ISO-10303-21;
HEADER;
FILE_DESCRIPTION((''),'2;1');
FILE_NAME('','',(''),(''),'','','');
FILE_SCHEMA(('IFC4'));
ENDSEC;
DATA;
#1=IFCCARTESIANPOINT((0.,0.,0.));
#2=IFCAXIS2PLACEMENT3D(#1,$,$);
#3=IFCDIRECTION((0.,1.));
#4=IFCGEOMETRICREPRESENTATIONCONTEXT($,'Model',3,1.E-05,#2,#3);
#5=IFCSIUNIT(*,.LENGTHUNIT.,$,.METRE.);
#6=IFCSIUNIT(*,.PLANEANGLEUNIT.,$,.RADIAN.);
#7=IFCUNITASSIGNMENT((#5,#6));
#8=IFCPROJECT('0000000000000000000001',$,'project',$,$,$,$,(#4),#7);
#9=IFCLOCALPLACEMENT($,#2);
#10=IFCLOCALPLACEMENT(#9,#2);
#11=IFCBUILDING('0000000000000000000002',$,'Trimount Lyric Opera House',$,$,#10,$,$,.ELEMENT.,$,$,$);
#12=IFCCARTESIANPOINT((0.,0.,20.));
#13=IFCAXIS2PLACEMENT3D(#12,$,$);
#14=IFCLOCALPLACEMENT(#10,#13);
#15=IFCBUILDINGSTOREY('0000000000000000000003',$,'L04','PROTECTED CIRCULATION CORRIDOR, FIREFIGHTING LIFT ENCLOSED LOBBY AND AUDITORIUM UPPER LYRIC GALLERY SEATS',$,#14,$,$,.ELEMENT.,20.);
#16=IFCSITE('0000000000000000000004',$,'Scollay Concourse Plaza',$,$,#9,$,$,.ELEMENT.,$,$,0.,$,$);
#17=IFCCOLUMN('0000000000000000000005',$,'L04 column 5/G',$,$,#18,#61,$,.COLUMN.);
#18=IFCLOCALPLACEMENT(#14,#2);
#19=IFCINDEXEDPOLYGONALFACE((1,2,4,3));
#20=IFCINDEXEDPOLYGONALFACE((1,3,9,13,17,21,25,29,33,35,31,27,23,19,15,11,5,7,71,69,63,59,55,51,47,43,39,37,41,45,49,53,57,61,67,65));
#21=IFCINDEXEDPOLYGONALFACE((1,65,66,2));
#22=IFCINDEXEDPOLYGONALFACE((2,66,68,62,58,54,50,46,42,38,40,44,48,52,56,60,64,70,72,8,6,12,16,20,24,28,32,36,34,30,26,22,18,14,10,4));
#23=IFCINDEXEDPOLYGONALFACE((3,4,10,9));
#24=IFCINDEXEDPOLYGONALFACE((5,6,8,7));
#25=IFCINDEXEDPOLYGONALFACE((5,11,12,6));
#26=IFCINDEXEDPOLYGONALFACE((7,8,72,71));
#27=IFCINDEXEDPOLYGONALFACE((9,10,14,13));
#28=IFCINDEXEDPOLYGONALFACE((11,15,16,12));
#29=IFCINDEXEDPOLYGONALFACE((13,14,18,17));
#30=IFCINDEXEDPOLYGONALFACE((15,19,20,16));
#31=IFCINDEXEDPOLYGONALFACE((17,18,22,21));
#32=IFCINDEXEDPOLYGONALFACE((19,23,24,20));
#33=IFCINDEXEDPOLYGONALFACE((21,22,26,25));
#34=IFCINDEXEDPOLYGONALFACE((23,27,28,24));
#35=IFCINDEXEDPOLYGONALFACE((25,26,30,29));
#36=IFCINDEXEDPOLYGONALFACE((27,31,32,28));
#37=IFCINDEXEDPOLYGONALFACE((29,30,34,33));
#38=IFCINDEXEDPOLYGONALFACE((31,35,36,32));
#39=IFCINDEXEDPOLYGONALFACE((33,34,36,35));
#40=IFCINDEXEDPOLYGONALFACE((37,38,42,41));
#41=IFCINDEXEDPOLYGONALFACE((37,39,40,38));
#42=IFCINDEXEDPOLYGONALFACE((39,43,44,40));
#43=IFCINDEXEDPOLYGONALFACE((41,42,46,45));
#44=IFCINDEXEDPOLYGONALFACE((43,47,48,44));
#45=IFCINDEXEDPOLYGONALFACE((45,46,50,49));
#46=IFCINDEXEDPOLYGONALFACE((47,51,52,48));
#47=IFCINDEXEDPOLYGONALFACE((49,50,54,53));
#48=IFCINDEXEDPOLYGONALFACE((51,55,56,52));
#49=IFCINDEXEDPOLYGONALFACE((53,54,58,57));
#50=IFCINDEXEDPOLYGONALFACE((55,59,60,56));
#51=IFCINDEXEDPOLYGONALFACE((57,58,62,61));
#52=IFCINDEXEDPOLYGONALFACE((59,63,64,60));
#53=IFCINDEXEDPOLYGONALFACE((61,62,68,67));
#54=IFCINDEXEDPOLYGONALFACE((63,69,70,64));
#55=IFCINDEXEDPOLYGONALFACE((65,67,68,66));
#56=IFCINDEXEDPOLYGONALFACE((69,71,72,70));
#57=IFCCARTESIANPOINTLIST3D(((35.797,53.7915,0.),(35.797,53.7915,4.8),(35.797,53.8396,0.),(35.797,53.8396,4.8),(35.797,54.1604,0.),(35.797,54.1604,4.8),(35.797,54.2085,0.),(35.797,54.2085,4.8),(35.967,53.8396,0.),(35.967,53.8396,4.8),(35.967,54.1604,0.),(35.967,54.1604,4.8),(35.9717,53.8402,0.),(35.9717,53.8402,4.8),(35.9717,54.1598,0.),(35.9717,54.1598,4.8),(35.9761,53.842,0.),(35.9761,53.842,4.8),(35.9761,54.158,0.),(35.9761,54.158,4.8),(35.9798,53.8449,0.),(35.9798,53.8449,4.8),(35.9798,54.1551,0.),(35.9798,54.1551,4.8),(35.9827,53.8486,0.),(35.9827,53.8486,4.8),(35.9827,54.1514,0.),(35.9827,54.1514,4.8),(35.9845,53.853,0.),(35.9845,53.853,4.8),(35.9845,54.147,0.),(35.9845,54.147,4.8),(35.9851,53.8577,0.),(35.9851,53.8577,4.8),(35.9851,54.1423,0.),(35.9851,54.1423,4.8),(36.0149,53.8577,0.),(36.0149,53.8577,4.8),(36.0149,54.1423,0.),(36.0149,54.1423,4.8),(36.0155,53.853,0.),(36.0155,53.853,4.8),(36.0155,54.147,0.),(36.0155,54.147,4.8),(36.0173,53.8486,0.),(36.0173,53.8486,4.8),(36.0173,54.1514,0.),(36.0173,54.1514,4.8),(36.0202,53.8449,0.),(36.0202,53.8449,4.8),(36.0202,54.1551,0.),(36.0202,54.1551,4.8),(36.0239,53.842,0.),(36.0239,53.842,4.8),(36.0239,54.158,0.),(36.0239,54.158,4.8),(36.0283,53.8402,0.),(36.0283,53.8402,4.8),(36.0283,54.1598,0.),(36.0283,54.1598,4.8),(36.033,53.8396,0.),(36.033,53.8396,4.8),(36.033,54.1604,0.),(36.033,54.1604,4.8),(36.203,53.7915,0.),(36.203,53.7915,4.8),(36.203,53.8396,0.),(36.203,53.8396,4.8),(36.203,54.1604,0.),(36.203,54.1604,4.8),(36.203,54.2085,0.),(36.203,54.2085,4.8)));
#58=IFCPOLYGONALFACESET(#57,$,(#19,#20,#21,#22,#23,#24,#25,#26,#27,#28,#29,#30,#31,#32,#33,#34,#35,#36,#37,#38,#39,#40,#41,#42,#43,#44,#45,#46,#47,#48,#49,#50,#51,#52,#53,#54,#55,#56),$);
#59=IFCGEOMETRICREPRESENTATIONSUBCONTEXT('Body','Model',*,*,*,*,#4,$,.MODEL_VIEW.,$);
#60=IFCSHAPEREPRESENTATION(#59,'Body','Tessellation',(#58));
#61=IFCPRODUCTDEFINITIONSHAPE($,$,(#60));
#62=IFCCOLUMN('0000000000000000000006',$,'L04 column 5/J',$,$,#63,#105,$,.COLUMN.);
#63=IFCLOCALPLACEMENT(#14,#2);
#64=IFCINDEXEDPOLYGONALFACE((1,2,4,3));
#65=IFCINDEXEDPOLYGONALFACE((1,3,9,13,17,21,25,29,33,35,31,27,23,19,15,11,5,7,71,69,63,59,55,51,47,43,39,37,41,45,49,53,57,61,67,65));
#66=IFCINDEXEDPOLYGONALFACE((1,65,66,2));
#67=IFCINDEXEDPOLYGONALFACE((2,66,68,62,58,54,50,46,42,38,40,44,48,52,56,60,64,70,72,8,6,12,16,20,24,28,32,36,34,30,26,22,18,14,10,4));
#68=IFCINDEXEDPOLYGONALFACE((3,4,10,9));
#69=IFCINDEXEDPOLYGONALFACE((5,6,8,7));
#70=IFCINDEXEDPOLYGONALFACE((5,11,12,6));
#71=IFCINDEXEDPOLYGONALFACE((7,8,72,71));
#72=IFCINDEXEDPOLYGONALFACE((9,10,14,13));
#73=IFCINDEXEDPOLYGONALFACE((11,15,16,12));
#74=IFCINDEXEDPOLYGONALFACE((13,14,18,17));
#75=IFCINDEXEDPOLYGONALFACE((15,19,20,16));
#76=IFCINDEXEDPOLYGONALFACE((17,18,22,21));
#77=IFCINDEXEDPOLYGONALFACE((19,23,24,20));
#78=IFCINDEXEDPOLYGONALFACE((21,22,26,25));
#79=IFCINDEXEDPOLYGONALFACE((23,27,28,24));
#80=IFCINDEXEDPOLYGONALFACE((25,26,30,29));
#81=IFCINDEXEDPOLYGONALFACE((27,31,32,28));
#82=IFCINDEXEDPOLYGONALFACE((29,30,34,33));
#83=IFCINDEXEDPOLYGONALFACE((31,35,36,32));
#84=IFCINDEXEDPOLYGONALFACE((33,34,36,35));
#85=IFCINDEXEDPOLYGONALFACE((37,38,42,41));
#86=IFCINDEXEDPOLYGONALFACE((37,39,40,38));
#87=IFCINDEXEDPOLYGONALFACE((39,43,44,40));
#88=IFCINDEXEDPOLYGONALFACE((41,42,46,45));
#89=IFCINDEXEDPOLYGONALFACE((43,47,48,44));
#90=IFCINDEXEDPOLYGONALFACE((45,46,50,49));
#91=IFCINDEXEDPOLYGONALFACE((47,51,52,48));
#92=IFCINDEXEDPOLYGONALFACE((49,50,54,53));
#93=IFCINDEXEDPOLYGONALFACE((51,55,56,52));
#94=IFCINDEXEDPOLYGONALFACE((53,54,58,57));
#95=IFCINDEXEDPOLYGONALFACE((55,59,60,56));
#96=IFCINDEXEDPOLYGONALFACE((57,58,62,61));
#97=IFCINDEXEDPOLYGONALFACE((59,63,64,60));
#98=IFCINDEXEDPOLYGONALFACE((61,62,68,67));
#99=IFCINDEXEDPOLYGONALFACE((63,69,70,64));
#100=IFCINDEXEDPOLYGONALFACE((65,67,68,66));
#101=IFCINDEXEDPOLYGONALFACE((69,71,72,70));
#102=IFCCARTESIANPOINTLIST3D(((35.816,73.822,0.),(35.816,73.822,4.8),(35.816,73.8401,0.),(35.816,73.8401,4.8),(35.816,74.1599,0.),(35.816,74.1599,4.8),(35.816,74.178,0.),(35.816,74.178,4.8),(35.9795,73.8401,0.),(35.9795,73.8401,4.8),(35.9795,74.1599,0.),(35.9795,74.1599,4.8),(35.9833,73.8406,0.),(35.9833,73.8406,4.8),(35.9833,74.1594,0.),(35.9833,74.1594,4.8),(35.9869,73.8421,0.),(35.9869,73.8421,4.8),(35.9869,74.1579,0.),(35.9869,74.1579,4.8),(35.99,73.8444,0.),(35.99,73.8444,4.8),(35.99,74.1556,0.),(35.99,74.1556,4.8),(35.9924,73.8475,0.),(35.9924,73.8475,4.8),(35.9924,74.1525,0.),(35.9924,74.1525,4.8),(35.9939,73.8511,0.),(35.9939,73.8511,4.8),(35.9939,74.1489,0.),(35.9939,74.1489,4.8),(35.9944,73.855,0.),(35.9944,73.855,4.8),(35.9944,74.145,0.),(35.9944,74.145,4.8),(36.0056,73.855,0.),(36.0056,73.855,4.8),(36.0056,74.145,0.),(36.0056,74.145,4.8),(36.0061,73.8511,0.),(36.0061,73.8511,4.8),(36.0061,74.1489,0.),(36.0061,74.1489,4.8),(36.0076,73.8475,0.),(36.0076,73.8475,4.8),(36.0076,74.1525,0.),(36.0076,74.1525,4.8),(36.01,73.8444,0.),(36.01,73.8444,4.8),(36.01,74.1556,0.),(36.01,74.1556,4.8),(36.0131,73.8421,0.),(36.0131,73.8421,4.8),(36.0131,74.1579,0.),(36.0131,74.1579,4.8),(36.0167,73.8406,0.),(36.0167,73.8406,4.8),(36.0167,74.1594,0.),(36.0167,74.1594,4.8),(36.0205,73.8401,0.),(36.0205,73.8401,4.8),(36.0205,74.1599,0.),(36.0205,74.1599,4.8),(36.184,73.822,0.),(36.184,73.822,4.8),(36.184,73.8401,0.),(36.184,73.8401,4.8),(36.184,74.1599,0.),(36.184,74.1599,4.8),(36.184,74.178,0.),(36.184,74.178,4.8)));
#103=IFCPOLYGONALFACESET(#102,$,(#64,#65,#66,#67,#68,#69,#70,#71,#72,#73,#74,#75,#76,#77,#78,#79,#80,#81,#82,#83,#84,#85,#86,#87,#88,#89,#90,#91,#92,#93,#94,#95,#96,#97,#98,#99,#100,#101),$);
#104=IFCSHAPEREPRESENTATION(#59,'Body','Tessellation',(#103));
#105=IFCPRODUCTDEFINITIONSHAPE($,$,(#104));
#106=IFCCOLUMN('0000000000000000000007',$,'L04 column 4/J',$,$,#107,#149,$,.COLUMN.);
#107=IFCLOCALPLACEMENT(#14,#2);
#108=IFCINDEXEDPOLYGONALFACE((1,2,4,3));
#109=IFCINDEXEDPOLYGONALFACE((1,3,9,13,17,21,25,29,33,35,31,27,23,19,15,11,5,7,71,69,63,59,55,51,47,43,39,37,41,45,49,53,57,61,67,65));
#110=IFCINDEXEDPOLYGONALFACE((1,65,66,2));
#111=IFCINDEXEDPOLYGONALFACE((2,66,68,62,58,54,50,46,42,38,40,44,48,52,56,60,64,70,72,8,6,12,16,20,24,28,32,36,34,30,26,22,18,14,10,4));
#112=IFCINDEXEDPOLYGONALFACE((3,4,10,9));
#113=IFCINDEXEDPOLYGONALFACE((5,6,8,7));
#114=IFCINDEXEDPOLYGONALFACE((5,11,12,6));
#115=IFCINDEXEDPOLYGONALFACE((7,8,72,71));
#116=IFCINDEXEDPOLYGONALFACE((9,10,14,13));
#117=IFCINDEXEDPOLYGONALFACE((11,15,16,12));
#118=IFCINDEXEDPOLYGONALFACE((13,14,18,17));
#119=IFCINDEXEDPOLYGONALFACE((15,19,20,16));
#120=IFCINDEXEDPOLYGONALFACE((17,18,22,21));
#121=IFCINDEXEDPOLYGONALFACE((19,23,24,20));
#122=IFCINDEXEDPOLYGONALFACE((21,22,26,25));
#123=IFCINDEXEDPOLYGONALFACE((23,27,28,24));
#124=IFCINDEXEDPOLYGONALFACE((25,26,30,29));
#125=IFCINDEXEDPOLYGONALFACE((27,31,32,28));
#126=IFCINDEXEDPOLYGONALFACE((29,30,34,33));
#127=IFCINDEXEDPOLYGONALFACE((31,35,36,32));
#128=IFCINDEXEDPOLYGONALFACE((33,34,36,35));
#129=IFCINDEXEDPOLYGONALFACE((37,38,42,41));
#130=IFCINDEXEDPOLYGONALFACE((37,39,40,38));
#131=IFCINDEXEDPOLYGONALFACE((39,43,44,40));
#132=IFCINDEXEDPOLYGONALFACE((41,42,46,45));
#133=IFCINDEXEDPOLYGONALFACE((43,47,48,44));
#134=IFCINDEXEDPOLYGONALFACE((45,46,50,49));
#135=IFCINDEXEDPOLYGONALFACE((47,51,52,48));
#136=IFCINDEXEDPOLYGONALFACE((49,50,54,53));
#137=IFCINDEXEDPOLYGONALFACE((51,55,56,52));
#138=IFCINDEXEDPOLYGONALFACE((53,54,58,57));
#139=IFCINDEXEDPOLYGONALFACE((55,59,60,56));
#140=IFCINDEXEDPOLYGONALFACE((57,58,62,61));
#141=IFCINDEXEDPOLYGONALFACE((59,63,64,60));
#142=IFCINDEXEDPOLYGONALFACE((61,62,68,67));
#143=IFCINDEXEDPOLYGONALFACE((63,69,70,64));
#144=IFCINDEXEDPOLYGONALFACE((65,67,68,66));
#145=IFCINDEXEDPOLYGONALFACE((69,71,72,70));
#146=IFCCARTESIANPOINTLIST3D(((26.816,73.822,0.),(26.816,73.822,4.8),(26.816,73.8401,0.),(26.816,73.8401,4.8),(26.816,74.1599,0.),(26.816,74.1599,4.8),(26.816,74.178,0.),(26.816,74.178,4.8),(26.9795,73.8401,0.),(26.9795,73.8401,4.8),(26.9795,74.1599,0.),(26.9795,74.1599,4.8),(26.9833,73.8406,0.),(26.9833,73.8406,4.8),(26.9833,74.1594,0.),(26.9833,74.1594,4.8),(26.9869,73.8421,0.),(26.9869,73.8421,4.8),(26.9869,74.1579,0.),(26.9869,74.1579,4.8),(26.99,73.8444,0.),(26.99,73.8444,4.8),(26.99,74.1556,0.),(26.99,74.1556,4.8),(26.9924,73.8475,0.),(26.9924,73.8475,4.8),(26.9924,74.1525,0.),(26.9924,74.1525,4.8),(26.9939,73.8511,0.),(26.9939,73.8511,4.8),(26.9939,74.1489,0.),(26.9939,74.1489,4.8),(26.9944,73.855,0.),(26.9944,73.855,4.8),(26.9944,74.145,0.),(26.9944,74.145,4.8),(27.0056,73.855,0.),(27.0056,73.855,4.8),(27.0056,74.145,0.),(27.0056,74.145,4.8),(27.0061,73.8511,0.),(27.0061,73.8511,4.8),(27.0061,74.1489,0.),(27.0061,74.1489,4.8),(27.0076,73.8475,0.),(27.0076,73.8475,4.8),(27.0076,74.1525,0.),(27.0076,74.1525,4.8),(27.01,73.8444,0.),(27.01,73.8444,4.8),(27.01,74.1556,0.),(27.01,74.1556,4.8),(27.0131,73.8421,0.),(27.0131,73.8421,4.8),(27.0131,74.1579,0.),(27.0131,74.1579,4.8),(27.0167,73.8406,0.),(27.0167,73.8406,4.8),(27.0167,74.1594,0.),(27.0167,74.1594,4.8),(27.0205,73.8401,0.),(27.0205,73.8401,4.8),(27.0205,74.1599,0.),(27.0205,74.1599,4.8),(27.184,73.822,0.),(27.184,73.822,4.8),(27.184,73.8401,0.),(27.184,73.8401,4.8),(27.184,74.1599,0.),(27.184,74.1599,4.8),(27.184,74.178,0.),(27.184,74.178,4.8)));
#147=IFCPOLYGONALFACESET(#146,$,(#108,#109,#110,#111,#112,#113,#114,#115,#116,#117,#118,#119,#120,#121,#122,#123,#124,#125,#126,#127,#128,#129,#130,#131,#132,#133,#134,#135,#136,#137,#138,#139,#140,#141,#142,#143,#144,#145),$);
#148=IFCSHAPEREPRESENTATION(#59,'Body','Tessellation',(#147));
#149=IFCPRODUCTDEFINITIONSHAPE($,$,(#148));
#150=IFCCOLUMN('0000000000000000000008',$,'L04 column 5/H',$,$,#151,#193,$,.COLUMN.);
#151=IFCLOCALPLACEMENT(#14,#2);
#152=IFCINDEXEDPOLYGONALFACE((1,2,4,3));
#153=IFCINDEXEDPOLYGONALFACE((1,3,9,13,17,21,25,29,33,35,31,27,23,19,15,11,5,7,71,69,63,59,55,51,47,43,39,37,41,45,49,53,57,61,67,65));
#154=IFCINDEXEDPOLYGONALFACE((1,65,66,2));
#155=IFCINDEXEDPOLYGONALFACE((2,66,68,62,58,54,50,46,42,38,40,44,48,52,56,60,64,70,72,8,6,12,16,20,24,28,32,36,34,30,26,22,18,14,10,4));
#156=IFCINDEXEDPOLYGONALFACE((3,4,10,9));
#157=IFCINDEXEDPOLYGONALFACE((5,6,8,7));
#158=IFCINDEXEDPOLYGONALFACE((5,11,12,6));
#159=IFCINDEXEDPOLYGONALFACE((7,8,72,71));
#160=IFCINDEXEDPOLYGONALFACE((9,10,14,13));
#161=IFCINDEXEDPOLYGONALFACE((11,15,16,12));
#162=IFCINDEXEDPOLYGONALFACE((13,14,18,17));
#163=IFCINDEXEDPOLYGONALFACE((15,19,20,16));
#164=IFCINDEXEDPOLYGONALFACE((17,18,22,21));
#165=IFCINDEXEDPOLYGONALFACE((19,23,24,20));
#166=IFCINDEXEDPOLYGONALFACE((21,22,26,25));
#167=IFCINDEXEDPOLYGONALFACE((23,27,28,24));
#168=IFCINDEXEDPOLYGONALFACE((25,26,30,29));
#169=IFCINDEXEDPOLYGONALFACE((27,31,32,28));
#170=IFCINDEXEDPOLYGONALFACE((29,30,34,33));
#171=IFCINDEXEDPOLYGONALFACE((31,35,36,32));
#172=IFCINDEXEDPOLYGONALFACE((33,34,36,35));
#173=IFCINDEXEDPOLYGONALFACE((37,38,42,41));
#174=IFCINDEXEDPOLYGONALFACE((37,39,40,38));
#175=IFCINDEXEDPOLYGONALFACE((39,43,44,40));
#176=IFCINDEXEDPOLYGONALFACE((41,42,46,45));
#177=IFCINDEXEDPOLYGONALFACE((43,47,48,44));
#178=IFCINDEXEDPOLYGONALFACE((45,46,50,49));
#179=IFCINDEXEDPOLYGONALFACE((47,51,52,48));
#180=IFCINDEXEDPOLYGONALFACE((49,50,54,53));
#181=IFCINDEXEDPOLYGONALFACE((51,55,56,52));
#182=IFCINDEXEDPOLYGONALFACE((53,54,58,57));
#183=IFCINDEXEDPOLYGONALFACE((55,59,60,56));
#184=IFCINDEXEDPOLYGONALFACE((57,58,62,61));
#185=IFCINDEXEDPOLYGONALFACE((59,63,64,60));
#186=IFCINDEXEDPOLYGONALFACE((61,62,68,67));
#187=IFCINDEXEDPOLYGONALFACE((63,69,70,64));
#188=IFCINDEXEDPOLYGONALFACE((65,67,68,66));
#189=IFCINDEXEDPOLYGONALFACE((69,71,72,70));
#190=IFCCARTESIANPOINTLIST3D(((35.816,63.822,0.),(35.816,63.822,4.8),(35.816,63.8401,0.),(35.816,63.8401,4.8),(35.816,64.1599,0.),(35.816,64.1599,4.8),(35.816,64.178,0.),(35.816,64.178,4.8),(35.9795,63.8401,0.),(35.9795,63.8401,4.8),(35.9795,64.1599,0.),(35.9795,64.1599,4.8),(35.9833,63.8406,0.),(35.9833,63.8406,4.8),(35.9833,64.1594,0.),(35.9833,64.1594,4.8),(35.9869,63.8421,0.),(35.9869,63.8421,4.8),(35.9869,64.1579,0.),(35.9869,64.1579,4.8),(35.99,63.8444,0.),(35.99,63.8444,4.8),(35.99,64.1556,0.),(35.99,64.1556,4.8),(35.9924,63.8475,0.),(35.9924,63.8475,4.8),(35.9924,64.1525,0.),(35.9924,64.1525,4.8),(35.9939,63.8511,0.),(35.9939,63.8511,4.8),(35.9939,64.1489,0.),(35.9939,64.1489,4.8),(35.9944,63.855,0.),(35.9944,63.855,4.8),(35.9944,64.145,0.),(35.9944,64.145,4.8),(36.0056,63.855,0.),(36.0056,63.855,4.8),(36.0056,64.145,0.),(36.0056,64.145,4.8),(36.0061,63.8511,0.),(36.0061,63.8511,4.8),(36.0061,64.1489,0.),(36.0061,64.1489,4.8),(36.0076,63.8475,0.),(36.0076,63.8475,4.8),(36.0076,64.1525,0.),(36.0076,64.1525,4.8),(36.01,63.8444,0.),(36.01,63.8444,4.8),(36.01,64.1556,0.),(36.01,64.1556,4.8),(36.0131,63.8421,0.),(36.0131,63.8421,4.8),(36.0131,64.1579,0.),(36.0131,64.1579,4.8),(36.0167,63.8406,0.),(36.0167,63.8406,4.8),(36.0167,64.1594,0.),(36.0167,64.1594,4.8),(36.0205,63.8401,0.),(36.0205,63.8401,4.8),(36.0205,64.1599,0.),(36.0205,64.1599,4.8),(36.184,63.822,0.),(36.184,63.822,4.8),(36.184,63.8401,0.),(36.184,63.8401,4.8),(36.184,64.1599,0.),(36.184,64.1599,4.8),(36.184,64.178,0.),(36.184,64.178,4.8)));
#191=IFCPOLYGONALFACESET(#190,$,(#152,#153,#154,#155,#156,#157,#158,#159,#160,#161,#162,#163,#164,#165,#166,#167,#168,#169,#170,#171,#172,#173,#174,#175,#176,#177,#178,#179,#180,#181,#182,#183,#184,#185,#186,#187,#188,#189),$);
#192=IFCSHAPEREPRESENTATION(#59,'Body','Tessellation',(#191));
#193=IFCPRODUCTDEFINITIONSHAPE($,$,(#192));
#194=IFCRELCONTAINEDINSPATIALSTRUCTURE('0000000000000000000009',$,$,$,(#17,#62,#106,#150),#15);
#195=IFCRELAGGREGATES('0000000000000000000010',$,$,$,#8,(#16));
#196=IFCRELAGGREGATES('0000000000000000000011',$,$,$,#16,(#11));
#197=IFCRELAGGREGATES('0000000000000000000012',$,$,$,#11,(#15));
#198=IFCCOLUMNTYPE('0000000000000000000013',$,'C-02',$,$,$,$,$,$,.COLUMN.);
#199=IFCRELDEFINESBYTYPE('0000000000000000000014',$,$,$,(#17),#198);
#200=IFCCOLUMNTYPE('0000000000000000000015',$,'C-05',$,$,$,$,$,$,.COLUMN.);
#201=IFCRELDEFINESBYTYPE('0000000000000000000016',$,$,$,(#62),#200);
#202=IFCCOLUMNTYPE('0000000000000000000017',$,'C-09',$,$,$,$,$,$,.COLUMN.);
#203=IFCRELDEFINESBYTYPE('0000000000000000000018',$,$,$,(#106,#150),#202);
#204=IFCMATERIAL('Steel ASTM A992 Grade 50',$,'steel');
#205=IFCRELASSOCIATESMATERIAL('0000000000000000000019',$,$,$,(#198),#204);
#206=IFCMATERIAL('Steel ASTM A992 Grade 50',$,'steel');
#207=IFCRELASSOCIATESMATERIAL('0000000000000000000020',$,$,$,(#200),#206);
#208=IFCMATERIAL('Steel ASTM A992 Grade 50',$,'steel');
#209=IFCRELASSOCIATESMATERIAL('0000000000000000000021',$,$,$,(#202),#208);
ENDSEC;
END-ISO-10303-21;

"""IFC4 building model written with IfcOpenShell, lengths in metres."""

from ifc_helpers import new_model, si_unit, direction, frame, origin, origin_2d, place, context, subcontext, project, spatial, i_section, extrude, material, material_profile, profile_set, type_object, element, save


model = new_model("IFC4")

# Units and contexts
model_context = context("Model", 3, precision=1e-05, world=origin(), true_north=direction((0.0, 1.0)))
body_context = subcontext(model_context, "Body", "Model", "MODEL_VIEW")
ifc_project = project(units=[si_unit("LENGTHUNIT", "METRE"), si_unit("PLANEANGLEUNIT", "RADIAN")], contexts=[model_context])

# Site, building, storey
site_placement = place(None, origin())
site = spatial("IfcSite", under=ifc_project, at=site_placement, Name="Scollay Concourse Plaza", CompositionType="ELEMENT", RefElevation=0.0)
building_placement = place(site_placement, origin())
building = spatial("IfcBuilding", under=site, at=building_placement, Name="Trimount Lyric Opera House", CompositionType="ELEMENT")
storey_placement = place(building_placement, frame((0.0, 0.0, 20.0)))
storey = spatial("IfcBuildingStorey", under=building, at=storey_placement, Name="L04", Description="PROTECTED CIRCULATION CORRIDOR, FIREFIGHTING LIFT ENCLOSED LOBBY AND AUDITORIUM UPPER LYRIC GALLERY SEATS", CompositionType="ELEMENT", Elevation=20.0)

# Columns
ifc_material_1 = material(Name="Steel ASTM A992 Grade 50", Category="steel")
ifc_material_profile_1 = material_profile(ifc_material_1, i_section(OverallWidth=0.406, OverallDepth=0.417, WebThickness=0.0298, FlangeThickness=0.0481, FilletRadius=0.0181, at=origin_2d()), Name="W14X257")
ifc_profile_set_1 = profile_set([ifc_material_profile_1], Name="Steel ASTM A992 Grade 50")
column_type_1 = type_object("IfcColumnType", Name="C-02", PredefinedType="COLUMN", material=ifc_profile_set_1)
column_1_placement = place(storey_placement, frame((36.0, 54.0, 0.0), z_axis=(0.0, 0.0, 1.0), x_axis=(1.0, 0.0, 0.0)))
element("IfcColumn", 1, at=column_1_placement, inside=storey, type_object=column_type_1, Name="L04 column 5/G", PredefinedType="COLUMN", context=body_context, shape_type="SweptSolid", body=[
    extrude(i_section(OverallWidth=0.406, OverallDepth=0.417, WebThickness=0.0298, FlangeThickness=0.0481, FilletRadius=0.0181, at=origin_2d()), origin(), (0.0, 0.0, 1.0), 4.8),
])
ifc_material_2 = material(Name="Steel ASTM A992 Grade 50", Category="steel")
ifc_material_profile_2 = material_profile(ifc_material_2, i_section(OverallWidth=0.3679, OverallDepth=0.356, WebThickness=0.0112, FlangeThickness=0.0181, FilletRadius=0.0149, at=origin_2d()), Name="W14X90")
ifc_profile_set_2 = profile_set([ifc_material_profile_2], Name="Steel ASTM A992 Grade 50")
column_type_2 = type_object("IfcColumnType", Name="C-05", PredefinedType="COLUMN", material=ifc_profile_set_2)
column_2_placement = place(storey_placement, frame((36.0, 74.0, 0.0), z_axis=(0.0, 0.0, 1.0), x_axis=(1.0, 0.0, 0.0)))
element("IfcColumn", 2, at=column_2_placement, inside=storey, type_object=column_type_2, Name="L04 column 5/J", PredefinedType="COLUMN", context=body_context, shape_type="SweptSolid", body=[
    extrude(i_section(OverallWidth=0.3679, OverallDepth=0.356, WebThickness=0.0112, FlangeThickness=0.0181, FilletRadius=0.0149, at=origin_2d()), origin(), (0.0, 0.0, 1.0), 4.8),
])
ifc_material_3 = material(Name="Steel ASTM A992 Grade 50", Category="steel")
ifc_material_profile_3 = material_profile(ifc_material_3, i_section(OverallWidth=0.3679, OverallDepth=0.356, WebThickness=0.0112, FlangeThickness=0.0181, FilletRadius=0.0149, at=origin_2d()), Name="W14X90")
ifc_profile_set_3 = profile_set([ifc_material_profile_3], Name="Steel ASTM A992 Grade 50")
column_type_3 = type_object("IfcColumnType", Name="C-09", PredefinedType="COLUMN", material=ifc_profile_set_3)
for number, where, z_axis, x_axis, name in (
    (3, (27.0, 74.0, 0.0), (0.0, 0.0, 1.0), (1.0, 0.0, 0.0), "L04 column 4/J"),
    (4, (36.0, 64.0, 0.0), (0.0, 0.0, 1.0), (1.0, 0.0, 0.0), "L04 column 5/H"),
):
    element("IfcColumn", number, at=place(storey_placement, frame(where, z_axis=z_axis, x_axis=x_axis)), inside=storey, type_object=column_type_3, Name=name, PredefinedType="COLUMN", context=body_context, shape_type="SweptSolid", body=[
        extrude(i_section(OverallWidth=0.3679, OverallDepth=0.356, WebThickness=0.0112, FlangeThickness=0.0181, FilletRadius=0.0149, at=origin_2d()), origin(), (0.0, 0.0, 1.0), 4.8),
    ])

save(model, "model.ifc")
